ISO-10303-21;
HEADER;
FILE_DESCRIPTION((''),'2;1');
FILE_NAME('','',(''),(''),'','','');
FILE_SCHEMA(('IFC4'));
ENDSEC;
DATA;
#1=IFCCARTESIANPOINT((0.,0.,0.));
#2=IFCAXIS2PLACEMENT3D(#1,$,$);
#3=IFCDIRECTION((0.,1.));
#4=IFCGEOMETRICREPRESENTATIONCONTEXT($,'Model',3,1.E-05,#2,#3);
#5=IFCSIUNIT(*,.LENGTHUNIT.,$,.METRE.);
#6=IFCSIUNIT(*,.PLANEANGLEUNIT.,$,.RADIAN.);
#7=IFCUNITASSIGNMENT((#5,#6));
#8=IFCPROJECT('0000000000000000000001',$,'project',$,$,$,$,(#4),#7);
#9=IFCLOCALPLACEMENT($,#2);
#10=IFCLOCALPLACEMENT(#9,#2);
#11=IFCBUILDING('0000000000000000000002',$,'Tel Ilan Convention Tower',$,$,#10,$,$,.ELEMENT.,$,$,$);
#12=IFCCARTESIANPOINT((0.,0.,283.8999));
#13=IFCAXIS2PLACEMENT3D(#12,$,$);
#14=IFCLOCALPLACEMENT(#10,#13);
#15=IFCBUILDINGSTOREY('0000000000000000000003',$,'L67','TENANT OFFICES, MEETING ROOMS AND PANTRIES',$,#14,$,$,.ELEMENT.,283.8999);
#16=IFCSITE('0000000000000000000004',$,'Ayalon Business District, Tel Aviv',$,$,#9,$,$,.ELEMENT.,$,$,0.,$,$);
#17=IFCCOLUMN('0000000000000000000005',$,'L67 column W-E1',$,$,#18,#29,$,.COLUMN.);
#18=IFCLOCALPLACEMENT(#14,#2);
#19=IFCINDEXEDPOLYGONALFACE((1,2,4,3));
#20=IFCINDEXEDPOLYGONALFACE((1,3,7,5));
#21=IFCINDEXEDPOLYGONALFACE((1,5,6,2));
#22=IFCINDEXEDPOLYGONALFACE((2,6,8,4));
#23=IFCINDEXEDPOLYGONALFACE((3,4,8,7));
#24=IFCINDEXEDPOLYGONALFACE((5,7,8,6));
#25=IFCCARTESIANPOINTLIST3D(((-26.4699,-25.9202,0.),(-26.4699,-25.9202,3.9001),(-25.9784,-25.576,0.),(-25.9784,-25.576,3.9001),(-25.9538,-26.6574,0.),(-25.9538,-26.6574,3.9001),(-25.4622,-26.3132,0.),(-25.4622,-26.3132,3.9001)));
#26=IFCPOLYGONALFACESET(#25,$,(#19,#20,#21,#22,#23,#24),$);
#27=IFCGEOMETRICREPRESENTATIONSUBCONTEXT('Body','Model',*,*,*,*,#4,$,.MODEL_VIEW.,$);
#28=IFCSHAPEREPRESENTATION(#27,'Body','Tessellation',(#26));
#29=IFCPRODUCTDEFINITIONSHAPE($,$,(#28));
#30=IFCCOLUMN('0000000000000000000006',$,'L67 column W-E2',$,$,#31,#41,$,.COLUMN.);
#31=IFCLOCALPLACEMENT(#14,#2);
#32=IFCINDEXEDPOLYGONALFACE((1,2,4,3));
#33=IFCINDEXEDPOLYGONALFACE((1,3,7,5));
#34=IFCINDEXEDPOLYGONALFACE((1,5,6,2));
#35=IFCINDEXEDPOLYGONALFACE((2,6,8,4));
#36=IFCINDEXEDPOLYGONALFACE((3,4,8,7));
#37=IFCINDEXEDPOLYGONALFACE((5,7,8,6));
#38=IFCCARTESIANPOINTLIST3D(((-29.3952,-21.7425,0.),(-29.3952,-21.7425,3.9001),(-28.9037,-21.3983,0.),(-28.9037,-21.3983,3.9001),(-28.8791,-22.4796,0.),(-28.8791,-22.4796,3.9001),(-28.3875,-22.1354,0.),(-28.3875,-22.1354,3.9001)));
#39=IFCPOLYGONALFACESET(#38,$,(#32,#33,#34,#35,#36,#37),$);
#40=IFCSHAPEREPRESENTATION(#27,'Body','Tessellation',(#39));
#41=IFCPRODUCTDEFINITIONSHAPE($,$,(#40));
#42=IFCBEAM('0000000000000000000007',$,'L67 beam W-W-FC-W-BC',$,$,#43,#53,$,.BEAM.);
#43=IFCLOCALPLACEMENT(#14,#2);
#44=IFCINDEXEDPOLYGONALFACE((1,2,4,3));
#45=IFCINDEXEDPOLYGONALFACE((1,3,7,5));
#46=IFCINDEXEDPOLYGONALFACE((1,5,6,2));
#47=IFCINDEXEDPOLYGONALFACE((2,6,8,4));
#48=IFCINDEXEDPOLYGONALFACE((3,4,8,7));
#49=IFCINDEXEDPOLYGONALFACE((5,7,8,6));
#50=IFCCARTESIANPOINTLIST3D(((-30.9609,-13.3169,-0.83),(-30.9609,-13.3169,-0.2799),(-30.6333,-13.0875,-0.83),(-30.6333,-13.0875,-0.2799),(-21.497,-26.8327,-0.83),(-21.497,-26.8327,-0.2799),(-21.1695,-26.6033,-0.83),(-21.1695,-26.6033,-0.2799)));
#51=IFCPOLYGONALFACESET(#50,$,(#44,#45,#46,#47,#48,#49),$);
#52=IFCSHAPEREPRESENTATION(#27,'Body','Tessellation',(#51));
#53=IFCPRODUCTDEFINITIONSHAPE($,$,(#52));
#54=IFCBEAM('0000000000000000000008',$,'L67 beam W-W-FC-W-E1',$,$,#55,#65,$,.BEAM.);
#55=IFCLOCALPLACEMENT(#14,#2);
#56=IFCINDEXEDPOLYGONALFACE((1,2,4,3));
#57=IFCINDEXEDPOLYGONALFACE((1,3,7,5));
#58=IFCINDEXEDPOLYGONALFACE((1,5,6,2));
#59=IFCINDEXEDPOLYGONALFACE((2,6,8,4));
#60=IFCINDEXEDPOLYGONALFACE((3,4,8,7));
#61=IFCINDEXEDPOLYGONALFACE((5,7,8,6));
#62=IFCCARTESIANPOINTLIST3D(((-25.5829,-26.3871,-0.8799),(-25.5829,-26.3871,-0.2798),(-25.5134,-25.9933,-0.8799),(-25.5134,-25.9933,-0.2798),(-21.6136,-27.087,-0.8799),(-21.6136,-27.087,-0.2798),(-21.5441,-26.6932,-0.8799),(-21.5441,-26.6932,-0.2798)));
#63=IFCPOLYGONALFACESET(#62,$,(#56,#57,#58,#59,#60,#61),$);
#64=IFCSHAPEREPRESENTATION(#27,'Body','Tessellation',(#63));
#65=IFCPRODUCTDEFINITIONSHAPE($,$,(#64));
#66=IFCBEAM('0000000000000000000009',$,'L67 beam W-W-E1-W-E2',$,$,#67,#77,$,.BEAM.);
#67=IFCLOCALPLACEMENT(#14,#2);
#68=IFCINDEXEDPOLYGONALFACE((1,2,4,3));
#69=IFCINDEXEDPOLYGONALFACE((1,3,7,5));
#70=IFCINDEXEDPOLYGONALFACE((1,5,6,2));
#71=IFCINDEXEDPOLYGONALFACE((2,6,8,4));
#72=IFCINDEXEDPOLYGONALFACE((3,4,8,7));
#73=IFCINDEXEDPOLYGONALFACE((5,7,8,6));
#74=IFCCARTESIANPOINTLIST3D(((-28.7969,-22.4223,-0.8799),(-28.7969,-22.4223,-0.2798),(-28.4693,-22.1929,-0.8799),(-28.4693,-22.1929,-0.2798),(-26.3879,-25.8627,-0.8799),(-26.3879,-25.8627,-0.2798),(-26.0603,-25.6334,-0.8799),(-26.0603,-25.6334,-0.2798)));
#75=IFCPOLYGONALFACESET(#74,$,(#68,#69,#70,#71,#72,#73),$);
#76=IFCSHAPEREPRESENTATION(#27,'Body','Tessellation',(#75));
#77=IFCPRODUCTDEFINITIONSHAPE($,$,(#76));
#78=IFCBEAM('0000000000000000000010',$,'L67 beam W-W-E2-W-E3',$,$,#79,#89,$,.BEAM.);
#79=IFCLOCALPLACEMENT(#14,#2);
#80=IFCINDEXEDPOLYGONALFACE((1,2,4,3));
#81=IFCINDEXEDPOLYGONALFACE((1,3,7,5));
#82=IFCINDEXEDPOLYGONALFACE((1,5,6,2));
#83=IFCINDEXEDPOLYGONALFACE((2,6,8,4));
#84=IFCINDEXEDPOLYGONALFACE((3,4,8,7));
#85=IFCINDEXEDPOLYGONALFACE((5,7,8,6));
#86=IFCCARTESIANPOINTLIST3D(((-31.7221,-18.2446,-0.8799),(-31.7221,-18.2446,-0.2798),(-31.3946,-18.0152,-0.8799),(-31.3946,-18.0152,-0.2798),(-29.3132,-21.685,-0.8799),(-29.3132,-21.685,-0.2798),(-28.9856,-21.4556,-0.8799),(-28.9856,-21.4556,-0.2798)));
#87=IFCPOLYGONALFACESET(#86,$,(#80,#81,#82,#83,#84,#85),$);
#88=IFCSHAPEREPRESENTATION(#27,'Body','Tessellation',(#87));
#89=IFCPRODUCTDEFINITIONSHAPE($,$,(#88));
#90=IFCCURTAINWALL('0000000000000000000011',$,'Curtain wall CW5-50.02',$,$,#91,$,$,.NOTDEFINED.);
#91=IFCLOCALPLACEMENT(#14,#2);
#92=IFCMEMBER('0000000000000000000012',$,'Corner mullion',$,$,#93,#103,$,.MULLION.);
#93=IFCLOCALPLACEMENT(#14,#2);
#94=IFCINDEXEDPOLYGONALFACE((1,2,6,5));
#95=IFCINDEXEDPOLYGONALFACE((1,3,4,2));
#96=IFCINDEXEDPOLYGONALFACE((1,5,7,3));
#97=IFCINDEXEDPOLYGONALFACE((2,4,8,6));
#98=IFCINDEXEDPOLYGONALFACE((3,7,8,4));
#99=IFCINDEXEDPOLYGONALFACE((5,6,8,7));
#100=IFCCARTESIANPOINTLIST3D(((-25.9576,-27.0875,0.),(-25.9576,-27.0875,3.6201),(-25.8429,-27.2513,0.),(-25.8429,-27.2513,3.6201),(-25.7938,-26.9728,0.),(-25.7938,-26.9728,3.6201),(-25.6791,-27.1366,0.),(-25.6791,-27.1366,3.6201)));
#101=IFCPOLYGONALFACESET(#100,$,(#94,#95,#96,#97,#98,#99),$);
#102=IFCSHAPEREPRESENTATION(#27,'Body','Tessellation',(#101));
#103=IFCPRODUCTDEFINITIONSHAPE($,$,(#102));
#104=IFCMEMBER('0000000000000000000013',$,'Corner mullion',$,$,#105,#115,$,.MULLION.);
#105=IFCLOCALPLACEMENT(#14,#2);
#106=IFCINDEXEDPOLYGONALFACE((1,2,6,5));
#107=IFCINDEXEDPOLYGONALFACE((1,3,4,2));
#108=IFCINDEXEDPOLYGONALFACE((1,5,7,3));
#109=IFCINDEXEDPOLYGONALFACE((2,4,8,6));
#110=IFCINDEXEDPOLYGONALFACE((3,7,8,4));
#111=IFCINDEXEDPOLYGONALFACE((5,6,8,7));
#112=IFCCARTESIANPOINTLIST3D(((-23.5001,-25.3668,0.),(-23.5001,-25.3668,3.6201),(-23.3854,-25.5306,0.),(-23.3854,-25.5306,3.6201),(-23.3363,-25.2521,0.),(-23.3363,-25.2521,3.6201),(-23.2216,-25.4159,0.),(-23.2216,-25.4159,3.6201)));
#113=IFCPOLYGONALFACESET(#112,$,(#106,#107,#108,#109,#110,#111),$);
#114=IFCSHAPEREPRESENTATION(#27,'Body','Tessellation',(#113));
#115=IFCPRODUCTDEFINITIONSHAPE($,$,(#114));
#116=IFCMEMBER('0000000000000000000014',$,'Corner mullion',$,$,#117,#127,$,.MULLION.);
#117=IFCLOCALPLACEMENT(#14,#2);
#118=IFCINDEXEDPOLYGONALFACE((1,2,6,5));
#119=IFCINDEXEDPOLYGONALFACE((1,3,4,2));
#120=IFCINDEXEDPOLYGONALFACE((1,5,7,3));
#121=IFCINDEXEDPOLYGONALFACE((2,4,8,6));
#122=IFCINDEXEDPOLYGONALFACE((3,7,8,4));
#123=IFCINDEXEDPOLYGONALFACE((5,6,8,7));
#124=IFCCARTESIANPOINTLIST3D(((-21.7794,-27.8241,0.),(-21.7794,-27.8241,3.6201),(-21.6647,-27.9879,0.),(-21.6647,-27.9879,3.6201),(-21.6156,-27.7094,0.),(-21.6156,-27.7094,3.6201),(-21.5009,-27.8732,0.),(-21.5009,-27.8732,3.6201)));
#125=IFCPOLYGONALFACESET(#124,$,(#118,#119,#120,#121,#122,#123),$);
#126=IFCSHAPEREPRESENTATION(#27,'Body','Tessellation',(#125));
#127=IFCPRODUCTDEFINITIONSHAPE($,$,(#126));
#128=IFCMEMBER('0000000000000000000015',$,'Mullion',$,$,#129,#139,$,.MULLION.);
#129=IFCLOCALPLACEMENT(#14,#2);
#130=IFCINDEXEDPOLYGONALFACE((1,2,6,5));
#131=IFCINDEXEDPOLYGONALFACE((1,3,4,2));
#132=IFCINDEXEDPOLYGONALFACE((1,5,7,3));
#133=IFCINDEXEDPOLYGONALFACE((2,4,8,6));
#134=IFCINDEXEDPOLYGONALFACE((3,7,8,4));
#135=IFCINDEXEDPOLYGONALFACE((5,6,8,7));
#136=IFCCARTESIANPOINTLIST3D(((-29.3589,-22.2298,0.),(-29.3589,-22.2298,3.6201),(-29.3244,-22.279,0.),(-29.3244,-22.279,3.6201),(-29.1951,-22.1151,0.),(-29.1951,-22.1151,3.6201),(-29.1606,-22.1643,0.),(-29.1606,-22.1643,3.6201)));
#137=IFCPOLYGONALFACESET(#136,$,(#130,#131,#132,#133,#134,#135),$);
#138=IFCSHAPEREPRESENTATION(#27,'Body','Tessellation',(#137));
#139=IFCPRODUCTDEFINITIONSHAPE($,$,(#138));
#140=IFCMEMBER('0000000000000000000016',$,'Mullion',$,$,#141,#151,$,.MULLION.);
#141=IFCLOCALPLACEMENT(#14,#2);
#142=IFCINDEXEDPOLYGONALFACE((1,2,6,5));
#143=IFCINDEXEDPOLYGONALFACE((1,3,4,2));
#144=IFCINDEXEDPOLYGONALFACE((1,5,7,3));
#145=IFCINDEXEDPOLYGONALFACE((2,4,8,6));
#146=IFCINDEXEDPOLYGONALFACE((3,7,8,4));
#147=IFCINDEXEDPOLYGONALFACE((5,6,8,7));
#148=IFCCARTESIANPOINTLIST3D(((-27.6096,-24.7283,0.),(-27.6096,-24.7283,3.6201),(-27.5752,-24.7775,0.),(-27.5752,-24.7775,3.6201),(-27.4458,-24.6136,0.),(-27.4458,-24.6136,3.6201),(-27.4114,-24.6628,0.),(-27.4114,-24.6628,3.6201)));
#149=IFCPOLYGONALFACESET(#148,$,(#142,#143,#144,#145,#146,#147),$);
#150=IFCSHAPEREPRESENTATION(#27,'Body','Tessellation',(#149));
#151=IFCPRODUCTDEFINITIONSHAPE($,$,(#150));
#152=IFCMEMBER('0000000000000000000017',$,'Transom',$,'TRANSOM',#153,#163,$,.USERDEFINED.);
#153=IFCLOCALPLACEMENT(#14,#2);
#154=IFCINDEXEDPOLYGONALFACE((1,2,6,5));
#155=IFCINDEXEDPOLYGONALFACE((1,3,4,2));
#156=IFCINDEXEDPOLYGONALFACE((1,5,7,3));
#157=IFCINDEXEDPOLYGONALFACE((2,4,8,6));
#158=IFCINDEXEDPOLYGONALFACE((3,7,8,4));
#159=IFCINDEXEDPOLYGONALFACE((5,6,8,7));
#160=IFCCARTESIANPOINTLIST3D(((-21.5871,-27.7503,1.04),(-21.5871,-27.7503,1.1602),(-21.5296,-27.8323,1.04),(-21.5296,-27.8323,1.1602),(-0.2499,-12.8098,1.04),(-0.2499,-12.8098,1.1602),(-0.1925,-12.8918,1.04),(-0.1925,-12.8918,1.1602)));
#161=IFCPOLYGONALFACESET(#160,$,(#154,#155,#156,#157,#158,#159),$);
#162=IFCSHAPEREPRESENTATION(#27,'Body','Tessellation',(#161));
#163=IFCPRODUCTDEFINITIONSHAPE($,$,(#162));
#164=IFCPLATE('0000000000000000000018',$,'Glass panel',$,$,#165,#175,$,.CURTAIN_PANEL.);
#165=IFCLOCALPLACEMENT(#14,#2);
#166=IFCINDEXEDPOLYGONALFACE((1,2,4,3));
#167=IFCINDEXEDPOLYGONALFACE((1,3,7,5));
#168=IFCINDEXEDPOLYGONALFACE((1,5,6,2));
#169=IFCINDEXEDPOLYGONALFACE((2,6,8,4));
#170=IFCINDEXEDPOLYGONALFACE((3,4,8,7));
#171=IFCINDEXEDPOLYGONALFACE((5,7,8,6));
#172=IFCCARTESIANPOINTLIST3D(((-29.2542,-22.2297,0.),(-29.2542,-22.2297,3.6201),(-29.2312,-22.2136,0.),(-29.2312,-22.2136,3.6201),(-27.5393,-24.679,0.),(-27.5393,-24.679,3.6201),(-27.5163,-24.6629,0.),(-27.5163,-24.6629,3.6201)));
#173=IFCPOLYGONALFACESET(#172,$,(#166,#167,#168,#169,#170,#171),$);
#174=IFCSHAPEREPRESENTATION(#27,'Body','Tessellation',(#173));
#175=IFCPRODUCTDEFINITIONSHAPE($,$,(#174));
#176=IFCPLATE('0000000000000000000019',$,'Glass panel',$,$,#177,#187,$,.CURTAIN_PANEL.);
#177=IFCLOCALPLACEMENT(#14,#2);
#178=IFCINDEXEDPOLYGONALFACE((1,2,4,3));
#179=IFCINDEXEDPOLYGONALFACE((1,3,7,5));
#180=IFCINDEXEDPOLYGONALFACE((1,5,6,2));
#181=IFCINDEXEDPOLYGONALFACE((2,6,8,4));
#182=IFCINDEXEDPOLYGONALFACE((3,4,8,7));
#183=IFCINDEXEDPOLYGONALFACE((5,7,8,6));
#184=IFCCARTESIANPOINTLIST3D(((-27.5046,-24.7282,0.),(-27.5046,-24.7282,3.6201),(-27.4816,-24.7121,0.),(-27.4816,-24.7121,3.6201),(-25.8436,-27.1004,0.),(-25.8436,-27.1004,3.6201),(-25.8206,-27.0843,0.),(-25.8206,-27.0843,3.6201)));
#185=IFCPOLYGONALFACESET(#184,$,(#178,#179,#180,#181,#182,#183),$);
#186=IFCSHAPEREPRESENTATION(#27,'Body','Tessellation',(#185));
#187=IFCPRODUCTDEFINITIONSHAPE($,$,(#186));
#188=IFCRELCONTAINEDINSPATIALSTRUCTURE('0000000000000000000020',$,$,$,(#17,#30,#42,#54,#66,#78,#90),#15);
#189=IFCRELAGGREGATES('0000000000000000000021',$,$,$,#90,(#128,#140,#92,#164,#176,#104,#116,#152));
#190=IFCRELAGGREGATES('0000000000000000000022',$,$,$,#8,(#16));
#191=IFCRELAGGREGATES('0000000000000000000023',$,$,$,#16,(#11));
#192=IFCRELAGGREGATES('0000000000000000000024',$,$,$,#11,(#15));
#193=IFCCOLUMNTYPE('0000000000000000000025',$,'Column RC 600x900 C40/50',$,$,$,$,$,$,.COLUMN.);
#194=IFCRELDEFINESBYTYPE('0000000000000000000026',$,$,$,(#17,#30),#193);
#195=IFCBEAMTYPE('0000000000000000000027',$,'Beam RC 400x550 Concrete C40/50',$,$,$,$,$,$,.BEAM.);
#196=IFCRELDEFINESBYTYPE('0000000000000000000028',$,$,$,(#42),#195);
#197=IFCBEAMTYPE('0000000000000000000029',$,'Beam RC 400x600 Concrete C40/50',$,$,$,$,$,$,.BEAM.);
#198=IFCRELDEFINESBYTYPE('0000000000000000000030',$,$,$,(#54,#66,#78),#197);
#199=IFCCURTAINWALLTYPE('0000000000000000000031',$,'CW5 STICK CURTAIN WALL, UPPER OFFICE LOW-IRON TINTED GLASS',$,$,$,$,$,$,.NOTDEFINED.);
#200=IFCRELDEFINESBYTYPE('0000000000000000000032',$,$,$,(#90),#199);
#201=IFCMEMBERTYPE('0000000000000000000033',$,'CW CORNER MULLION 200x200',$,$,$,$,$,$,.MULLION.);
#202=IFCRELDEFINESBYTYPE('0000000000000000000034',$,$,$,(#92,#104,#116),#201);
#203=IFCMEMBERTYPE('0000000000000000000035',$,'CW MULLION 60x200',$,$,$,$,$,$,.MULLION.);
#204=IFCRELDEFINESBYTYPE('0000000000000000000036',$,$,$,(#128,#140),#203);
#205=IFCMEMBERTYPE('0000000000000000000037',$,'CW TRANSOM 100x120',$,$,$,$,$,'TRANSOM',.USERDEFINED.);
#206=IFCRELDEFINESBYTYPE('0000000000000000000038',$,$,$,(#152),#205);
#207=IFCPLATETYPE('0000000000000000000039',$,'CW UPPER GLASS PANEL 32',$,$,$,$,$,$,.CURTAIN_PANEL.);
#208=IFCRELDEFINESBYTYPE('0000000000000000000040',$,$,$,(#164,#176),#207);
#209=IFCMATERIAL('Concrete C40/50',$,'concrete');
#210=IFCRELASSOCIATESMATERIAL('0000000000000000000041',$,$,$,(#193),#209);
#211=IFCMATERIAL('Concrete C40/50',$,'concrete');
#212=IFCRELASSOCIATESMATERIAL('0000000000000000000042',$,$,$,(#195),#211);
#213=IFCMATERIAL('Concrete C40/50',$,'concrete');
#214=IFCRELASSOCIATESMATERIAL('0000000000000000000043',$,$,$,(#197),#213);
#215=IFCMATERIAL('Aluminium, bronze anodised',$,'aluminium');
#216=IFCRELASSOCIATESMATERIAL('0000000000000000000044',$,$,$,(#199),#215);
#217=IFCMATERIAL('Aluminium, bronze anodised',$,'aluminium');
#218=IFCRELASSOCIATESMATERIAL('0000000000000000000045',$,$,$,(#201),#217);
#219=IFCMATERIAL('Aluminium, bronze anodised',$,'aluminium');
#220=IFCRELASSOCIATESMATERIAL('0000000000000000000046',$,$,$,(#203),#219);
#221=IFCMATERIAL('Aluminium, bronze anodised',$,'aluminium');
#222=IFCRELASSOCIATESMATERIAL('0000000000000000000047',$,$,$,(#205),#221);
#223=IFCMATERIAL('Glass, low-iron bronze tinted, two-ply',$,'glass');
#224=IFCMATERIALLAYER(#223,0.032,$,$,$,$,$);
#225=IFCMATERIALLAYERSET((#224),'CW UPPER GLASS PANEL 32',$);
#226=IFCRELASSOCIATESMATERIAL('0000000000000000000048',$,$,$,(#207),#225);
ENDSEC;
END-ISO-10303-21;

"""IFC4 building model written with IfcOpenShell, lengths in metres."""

from ifc_helpers import new_model, si_unit, direction, frame, origin, origin_2d, place, context, subcontext, project, spatial, rectangle, extrude, material, layer, layer_set, material_profile, profile_set, type_object, element, aggregate, save


model = new_model("IFC4")

# Units and contexts
model_context = context("Model", 3, precision=1e-05, world=origin(), true_north=direction((0.0, 1.0)))
body_context = subcontext(model_context, "Body", "Model", "MODEL_VIEW")
ifc_project = project(units=[si_unit("LENGTHUNIT", "METRE"), si_unit("PLANEANGLEUNIT", "RADIAN")], contexts=[model_context])

# Site, building, storey
site_placement = place(None, origin())
site = spatial("IfcSite", under=ifc_project, at=site_placement, Name="Ayalon Business District, Tel Aviv", CompositionType="ELEMENT", RefElevation=0.0)
building_placement = place(site_placement, origin())
building = spatial("IfcBuilding", under=site, at=building_placement, Name="Tel Ilan Convention Tower", CompositionType="ELEMENT")
storey_placement = place(building_placement, frame((0.0, 0.0, 283.8999)))
storey = spatial("IfcBuildingStorey", under=building, at=storey_placement, Name="L67", Description="TENANT OFFICES, MEETING ROOMS AND PANTRIES", CompositionType="ELEMENT", Elevation=283.8999)

# Columns
ifc_material_1 = material(Name="Concrete C40/50", Category="concrete")
ifc_material_profile_1 = material_profile(ifc_material_1, rectangle(XDim=0.8999, YDim=0.6001, at=origin_2d()), Name="RC 600x900")
ifc_profile_set_1 = profile_set([ifc_material_profile_1], Name="Concrete C40/50")
column_type = type_object("IfcColumnType", Name="Column RC 600x900 C40/50", PredefinedType="COLUMN", material=ifc_profile_set_1)
for number, where, z_axis, x_axis, name in (
    (1, (-25.9661, -26.1167, 0.0), (0.0, 0.0, 1.0), (-0.573576, 0.819152, 0.0), "L67 column W-E1"),
    (2, (-28.8914, -21.939, 0.0), (0.0, 0.0, 1.0), (-0.573576, 0.819152, 0.0), "L67 column W-E2"),
):
    element("IfcColumn", number, at=place(storey_placement, frame(where, z_axis=z_axis, x_axis=x_axis)), inside=storey, type_object=column_type, Name=name, PredefinedType="COLUMN", context=body_context, shape_type="SweptSolid", body=[
        extrude(rectangle(XDim=0.8999, YDim=0.6001, at=origin_2d()), origin(), (0.0, 0.0, 1.0), 3.9001),
    ])

# Beams
ifc_material_2 = material(Name="Concrete C40/50", Category="concrete")
ifc_material_profile_2 = material_profile(ifc_material_2, rectangle(XDim=0.3999, YDim=0.55, at=origin_2d()), Name="RC 400x550")
ifc_profile_set_2 = profile_set([ifc_material_profile_2], Name="Concrete C40/50")
beam_type_1 = type_object("IfcBeamType", Name="Beam RC 400x550 Concrete C40/50", PredefinedType="BEAM", material=ifc_profile_set_2)
beam_1_placement = place(storey_placement, frame((-21.3333, -26.718, -0.5549), z_axis=(-0.573575, 0.819153, 0.0), x_axis=(-0.819153, -0.573575, 0.0)))
element("IfcBeam", 3, at=beam_1_placement, inside=storey, type_object=beam_type_1, Name="L67 beam W-W-FC-W-BC", PredefinedType="BEAM", context=body_context, shape_type="SweptSolid", body=[
    extrude(rectangle(XDim=0.3999, YDim=0.55, at=origin_2d()), origin(), (0.0, 0.0, 1.0), 16.4998),
])
ifc_material_3 = material(Name="Concrete C40/50", Category="concrete")
ifc_material_profile_3 = material_profile(ifc_material_3, rectangle(XDim=0.3999, YDim=0.6001, at=origin_2d()), Name="RC 400x600")
ifc_profile_set_3 = profile_set([ifc_material_profile_3], Name="Concrete C40/50")
beam_type_2 = type_object("IfcBeamType", Name="Beam RC 400x600 Concrete C40/50", PredefinedType="BEAM", material=ifc_profile_set_3)
beam_2_placement = place(storey_placement, frame((-21.5789, -26.8901, -0.5798), z_axis=(-0.984805, 0.173664, 0.0), x_axis=(-0.173664, -0.984805, 0.0)))
element("IfcBeam", 4, at=beam_2_placement, inside=storey, type_object=beam_type_2, Name="L67 beam W-W-FC-W-E1", PredefinedType="BEAM", context=body_context, shape_type="SweptSolid", body=[
    extrude(rectangle(XDim=0.3999, YDim=0.6001, at=origin_2d()), origin(), (0.0, 0.0, 1.0), 4.0305),
])
for number, where, z_axis, x_axis, name in (
    (5, (-26.2241, -25.748, -0.5798), (-0.573564, 0.819161, 0.0), (-0.819161, -0.573564, 0.0), "L67 beam W-W-E1-W-E2"),
    (6, (-29.1494, -21.5703, -0.5798), (-0.573564, 0.819161, 0.0), (-0.819161, -0.573564, 0.0), "L67 beam W-W-E2-W-E3"),
):
    element("IfcBeam", number, at=place(storey_placement, frame(where, z_axis=z_axis, x_axis=x_axis)), inside=storey, type_object=beam_type_2, Name=name, PredefinedType="BEAM", context=body_context, shape_type="SweptSolid", body=[
        extrude(rectangle(XDim=0.3999, YDim=0.6001, at=origin_2d()), origin(), (0.0, 0.0, 1.0), 4.2),
    ])

# Curtain wall, members, plates
ifc_material_4 = material(Name="Aluminium, bronze anodised", Category="aluminium")
curtain_wall_type = type_object("IfcCurtainWallType", Name="CW5 STICK CURTAIN WALL, UPPER OFFICE LOW-IRON TINTED GLASS", PredefinedType="NOTDEFINED", material=ifc_material_4)
curtain_wall_placement = place(storey_placement, origin())
curtain_wall = element("IfcCurtainWall", 7, at=curtain_wall_placement, inside=storey, type_object=curtain_wall_type, Name="Curtain wall CW5-50.02", PredefinedType="NOTDEFINED")
ifc_material_5 = material(Name="Aluminium, bronze anodised", Category="aluminium")
ifc_material_profile_4 = material_profile(ifc_material_5, rectangle(XDim=0.2, YDim=0.2, at=origin_2d()), Name="CW CORNER MULLION 200x200")
ifc_profile_set_4 = profile_set([ifc_material_profile_4], Name="Aluminium, bronze anodised")
member_type_1 = type_object("IfcMemberType", Name="CW CORNER MULLION 200x200", PredefinedType="MULLION", material=ifc_profile_set_4)
member_1_placement = place(storey_placement, frame((-25.8184, -27.1121, 0.0), z_axis=(0.0, 0.0, 1.0), x_axis=(0.573576, -0.819152, 0.0)))
member_1 = element("IfcMember", 8, at=member_1_placement, type_object=member_type_1, Name="Corner mullion", PredefinedType="MULLION", context=body_context, shape_type="SweptSolid", body=[
    extrude(rectangle(XDim=0.2, YDim=0.2, at=origin_2d()), origin(), (0.0, 0.0, 1.0), 3.6201),
])
member_2_placement = place(storey_placement, frame((-23.3608, -25.3914, 0.0), z_axis=(0.0, 0.0, 1.0), x_axis=(0.819152, 0.573576, 0.0)))
member_2 = element("IfcMember", 9, at=member_2_placement, type_object=member_type_1, Name="Corner mullion", PredefinedType="MULLION", context=body_context, shape_type="SweptSolid", body=[
    extrude(rectangle(XDim=0.2, YDim=0.2, at=origin_2d()), origin(), (0.0, 0.0, 1.0), 3.6201),
])
member_3_placement = place(storey_placement, frame((-21.6401, -27.8486, 0.0), z_axis=(0.0, 0.0, 1.0), x_axis=(0.573576, -0.819152, 0.0)))
member_3 = element("IfcMember", 10, at=member_3_placement, type_object=member_type_1, Name="Corner mullion", PredefinedType="MULLION", context=body_context, shape_type="SweptSolid", body=[
    extrude(rectangle(XDim=0.2, YDim=0.2, at=origin_2d()), origin(), (0.0, 0.0, 1.0), 3.6201),
])
ifc_material_6 = material(Name="Aluminium, bronze anodised", Category="aluminium")
ifc_material_profile_5 = material_profile(ifc_material_6, rectangle(XDim=0.0601, YDim=0.2, at=origin_2d()), Name="CW MULLION 60x200")
ifc_profile_set_5 = profile_set([ifc_material_profile_5], Name="Aluminium, bronze anodised")
member_type_2 = type_object("IfcMemberType", Name="CW MULLION 60x200", PredefinedType="MULLION", material=ifc_profile_set_5)
member_4_placement = place(storey_placement, frame((-29.2598, -22.197, 0.0), z_axis=(0.0, 0.0, 1.0), x_axis=(0.573576, -0.819152, 0.0)))
member_4 = element("IfcMember", 11, at=member_4_placement, type_object=member_type_2, Name="Mullion", PredefinedType="MULLION", context=body_context, shape_type="SweptSolid", body=[
    extrude(rectangle(XDim=0.0601, YDim=0.2, at=origin_2d()), origin(), (0.0, 0.0, 1.0), 3.6201),
])
member_5_placement = place(storey_placement, frame((-27.5105, -24.6956, 0.0), z_axis=(0.0, 0.0, 1.0), x_axis=(0.573576, -0.819152, 0.0)))
member_5 = element("IfcMember", 12, at=member_5_placement, type_object=member_type_2, Name="Mullion", PredefinedType="MULLION", context=body_context, shape_type="SweptSolid", body=[
    extrude(rectangle(XDim=0.0601, YDim=0.2, at=origin_2d()), origin(), (0.0, 0.0, 1.0), 3.6201),
])
ifc_material_7 = material(Name="Aluminium, bronze anodised", Category="aluminium")
ifc_material_profile_6 = material_profile(ifc_material_7, rectangle(XDim=0.1001, YDim=0.1201, at=origin_2d()), Name="CW TRANSOM 100x120")
ifc_profile_set_6 = profile_set([ifc_material_profile_6], Name="Aluminium, bronze anodised")
member_type_3 = type_object("IfcMemberType", Name="CW TRANSOM 100x120", ElementType="TRANSOM", PredefinedType="USERDEFINED", material=ifc_profile_set_6)
member_6_placement = place(storey_placement, frame((-21.5583, -27.7913, 1.1001), z_axis=(0.819152, 0.573576, 0.0), x_axis=(-0.573576, 0.819152, 0.0)))
member_6 = element("IfcMember", 13, at=member_6_placement, type_object=member_type_3, Name="Transom", ObjectType="TRANSOM", PredefinedType="USERDEFINED", context=body_context, shape_type="SweptSolid", body=[
    extrude(rectangle(XDim=0.1001, YDim=0.1201, at=origin_2d()), origin(), (0.0, 0.0, 1.0), 26.0479),
])
ifc_material_8 = material(Name="Glass, low-iron bronze tinted, two-ply", Category="glass")
ifc_layer_1 = layer(ifc_material_8, 0.032)
ifc_layer_set_1 = layer_set([ifc_layer_1], Name="CW UPPER GLASS PANEL 32")
plate_type = type_object("IfcPlateType", Name="CW UPPER GLASS PANEL 32", PredefinedType="CURTAIN_PANEL", material=ifc_layer_set_1)
plate_1_placement = place(storey_placement, frame((-28.3853, -23.4463, 0.0), z_axis=(0.0, 0.0, 1.0), x_axis=(0.573576, -0.819152, 0.0)))
plate_1 = element("IfcPlate", 14, at=plate_1_placement, type_object=plate_type, Name="Glass panel", PredefinedType="CURTAIN_PANEL", context=body_context, shape_type="SweptSolid", body=[
    extrude(rectangle(XDim=2.99, YDim=0.0281, at=origin_2d()), origin(), (0.0, 0.0, 1.0), 3.6201),
])
plate_2_placement = place(storey_placement, frame((-26.6626, -25.9062, 0.0), z_axis=(0.0, 0.0, 1.0), x_axis=(0.573576, -0.819152, 0.0)))
plate_2 = element("IfcPlate", 15, at=plate_2_placement, type_object=plate_type, Name="Glass panel", PredefinedType="CURTAIN_PANEL", context=body_context, shape_type="SweptSolid", body=[
    extrude(rectangle(XDim=2.896, YDim=0.0281, at=origin_2d()), origin(), (0.0, 0.0, 1.0), 3.6201),
])
aggregate(curtain_wall, [member_4, member_5, member_1, plate_1, plate_2, member_2, member_3, member_6])

save(model, "model.ifc")
